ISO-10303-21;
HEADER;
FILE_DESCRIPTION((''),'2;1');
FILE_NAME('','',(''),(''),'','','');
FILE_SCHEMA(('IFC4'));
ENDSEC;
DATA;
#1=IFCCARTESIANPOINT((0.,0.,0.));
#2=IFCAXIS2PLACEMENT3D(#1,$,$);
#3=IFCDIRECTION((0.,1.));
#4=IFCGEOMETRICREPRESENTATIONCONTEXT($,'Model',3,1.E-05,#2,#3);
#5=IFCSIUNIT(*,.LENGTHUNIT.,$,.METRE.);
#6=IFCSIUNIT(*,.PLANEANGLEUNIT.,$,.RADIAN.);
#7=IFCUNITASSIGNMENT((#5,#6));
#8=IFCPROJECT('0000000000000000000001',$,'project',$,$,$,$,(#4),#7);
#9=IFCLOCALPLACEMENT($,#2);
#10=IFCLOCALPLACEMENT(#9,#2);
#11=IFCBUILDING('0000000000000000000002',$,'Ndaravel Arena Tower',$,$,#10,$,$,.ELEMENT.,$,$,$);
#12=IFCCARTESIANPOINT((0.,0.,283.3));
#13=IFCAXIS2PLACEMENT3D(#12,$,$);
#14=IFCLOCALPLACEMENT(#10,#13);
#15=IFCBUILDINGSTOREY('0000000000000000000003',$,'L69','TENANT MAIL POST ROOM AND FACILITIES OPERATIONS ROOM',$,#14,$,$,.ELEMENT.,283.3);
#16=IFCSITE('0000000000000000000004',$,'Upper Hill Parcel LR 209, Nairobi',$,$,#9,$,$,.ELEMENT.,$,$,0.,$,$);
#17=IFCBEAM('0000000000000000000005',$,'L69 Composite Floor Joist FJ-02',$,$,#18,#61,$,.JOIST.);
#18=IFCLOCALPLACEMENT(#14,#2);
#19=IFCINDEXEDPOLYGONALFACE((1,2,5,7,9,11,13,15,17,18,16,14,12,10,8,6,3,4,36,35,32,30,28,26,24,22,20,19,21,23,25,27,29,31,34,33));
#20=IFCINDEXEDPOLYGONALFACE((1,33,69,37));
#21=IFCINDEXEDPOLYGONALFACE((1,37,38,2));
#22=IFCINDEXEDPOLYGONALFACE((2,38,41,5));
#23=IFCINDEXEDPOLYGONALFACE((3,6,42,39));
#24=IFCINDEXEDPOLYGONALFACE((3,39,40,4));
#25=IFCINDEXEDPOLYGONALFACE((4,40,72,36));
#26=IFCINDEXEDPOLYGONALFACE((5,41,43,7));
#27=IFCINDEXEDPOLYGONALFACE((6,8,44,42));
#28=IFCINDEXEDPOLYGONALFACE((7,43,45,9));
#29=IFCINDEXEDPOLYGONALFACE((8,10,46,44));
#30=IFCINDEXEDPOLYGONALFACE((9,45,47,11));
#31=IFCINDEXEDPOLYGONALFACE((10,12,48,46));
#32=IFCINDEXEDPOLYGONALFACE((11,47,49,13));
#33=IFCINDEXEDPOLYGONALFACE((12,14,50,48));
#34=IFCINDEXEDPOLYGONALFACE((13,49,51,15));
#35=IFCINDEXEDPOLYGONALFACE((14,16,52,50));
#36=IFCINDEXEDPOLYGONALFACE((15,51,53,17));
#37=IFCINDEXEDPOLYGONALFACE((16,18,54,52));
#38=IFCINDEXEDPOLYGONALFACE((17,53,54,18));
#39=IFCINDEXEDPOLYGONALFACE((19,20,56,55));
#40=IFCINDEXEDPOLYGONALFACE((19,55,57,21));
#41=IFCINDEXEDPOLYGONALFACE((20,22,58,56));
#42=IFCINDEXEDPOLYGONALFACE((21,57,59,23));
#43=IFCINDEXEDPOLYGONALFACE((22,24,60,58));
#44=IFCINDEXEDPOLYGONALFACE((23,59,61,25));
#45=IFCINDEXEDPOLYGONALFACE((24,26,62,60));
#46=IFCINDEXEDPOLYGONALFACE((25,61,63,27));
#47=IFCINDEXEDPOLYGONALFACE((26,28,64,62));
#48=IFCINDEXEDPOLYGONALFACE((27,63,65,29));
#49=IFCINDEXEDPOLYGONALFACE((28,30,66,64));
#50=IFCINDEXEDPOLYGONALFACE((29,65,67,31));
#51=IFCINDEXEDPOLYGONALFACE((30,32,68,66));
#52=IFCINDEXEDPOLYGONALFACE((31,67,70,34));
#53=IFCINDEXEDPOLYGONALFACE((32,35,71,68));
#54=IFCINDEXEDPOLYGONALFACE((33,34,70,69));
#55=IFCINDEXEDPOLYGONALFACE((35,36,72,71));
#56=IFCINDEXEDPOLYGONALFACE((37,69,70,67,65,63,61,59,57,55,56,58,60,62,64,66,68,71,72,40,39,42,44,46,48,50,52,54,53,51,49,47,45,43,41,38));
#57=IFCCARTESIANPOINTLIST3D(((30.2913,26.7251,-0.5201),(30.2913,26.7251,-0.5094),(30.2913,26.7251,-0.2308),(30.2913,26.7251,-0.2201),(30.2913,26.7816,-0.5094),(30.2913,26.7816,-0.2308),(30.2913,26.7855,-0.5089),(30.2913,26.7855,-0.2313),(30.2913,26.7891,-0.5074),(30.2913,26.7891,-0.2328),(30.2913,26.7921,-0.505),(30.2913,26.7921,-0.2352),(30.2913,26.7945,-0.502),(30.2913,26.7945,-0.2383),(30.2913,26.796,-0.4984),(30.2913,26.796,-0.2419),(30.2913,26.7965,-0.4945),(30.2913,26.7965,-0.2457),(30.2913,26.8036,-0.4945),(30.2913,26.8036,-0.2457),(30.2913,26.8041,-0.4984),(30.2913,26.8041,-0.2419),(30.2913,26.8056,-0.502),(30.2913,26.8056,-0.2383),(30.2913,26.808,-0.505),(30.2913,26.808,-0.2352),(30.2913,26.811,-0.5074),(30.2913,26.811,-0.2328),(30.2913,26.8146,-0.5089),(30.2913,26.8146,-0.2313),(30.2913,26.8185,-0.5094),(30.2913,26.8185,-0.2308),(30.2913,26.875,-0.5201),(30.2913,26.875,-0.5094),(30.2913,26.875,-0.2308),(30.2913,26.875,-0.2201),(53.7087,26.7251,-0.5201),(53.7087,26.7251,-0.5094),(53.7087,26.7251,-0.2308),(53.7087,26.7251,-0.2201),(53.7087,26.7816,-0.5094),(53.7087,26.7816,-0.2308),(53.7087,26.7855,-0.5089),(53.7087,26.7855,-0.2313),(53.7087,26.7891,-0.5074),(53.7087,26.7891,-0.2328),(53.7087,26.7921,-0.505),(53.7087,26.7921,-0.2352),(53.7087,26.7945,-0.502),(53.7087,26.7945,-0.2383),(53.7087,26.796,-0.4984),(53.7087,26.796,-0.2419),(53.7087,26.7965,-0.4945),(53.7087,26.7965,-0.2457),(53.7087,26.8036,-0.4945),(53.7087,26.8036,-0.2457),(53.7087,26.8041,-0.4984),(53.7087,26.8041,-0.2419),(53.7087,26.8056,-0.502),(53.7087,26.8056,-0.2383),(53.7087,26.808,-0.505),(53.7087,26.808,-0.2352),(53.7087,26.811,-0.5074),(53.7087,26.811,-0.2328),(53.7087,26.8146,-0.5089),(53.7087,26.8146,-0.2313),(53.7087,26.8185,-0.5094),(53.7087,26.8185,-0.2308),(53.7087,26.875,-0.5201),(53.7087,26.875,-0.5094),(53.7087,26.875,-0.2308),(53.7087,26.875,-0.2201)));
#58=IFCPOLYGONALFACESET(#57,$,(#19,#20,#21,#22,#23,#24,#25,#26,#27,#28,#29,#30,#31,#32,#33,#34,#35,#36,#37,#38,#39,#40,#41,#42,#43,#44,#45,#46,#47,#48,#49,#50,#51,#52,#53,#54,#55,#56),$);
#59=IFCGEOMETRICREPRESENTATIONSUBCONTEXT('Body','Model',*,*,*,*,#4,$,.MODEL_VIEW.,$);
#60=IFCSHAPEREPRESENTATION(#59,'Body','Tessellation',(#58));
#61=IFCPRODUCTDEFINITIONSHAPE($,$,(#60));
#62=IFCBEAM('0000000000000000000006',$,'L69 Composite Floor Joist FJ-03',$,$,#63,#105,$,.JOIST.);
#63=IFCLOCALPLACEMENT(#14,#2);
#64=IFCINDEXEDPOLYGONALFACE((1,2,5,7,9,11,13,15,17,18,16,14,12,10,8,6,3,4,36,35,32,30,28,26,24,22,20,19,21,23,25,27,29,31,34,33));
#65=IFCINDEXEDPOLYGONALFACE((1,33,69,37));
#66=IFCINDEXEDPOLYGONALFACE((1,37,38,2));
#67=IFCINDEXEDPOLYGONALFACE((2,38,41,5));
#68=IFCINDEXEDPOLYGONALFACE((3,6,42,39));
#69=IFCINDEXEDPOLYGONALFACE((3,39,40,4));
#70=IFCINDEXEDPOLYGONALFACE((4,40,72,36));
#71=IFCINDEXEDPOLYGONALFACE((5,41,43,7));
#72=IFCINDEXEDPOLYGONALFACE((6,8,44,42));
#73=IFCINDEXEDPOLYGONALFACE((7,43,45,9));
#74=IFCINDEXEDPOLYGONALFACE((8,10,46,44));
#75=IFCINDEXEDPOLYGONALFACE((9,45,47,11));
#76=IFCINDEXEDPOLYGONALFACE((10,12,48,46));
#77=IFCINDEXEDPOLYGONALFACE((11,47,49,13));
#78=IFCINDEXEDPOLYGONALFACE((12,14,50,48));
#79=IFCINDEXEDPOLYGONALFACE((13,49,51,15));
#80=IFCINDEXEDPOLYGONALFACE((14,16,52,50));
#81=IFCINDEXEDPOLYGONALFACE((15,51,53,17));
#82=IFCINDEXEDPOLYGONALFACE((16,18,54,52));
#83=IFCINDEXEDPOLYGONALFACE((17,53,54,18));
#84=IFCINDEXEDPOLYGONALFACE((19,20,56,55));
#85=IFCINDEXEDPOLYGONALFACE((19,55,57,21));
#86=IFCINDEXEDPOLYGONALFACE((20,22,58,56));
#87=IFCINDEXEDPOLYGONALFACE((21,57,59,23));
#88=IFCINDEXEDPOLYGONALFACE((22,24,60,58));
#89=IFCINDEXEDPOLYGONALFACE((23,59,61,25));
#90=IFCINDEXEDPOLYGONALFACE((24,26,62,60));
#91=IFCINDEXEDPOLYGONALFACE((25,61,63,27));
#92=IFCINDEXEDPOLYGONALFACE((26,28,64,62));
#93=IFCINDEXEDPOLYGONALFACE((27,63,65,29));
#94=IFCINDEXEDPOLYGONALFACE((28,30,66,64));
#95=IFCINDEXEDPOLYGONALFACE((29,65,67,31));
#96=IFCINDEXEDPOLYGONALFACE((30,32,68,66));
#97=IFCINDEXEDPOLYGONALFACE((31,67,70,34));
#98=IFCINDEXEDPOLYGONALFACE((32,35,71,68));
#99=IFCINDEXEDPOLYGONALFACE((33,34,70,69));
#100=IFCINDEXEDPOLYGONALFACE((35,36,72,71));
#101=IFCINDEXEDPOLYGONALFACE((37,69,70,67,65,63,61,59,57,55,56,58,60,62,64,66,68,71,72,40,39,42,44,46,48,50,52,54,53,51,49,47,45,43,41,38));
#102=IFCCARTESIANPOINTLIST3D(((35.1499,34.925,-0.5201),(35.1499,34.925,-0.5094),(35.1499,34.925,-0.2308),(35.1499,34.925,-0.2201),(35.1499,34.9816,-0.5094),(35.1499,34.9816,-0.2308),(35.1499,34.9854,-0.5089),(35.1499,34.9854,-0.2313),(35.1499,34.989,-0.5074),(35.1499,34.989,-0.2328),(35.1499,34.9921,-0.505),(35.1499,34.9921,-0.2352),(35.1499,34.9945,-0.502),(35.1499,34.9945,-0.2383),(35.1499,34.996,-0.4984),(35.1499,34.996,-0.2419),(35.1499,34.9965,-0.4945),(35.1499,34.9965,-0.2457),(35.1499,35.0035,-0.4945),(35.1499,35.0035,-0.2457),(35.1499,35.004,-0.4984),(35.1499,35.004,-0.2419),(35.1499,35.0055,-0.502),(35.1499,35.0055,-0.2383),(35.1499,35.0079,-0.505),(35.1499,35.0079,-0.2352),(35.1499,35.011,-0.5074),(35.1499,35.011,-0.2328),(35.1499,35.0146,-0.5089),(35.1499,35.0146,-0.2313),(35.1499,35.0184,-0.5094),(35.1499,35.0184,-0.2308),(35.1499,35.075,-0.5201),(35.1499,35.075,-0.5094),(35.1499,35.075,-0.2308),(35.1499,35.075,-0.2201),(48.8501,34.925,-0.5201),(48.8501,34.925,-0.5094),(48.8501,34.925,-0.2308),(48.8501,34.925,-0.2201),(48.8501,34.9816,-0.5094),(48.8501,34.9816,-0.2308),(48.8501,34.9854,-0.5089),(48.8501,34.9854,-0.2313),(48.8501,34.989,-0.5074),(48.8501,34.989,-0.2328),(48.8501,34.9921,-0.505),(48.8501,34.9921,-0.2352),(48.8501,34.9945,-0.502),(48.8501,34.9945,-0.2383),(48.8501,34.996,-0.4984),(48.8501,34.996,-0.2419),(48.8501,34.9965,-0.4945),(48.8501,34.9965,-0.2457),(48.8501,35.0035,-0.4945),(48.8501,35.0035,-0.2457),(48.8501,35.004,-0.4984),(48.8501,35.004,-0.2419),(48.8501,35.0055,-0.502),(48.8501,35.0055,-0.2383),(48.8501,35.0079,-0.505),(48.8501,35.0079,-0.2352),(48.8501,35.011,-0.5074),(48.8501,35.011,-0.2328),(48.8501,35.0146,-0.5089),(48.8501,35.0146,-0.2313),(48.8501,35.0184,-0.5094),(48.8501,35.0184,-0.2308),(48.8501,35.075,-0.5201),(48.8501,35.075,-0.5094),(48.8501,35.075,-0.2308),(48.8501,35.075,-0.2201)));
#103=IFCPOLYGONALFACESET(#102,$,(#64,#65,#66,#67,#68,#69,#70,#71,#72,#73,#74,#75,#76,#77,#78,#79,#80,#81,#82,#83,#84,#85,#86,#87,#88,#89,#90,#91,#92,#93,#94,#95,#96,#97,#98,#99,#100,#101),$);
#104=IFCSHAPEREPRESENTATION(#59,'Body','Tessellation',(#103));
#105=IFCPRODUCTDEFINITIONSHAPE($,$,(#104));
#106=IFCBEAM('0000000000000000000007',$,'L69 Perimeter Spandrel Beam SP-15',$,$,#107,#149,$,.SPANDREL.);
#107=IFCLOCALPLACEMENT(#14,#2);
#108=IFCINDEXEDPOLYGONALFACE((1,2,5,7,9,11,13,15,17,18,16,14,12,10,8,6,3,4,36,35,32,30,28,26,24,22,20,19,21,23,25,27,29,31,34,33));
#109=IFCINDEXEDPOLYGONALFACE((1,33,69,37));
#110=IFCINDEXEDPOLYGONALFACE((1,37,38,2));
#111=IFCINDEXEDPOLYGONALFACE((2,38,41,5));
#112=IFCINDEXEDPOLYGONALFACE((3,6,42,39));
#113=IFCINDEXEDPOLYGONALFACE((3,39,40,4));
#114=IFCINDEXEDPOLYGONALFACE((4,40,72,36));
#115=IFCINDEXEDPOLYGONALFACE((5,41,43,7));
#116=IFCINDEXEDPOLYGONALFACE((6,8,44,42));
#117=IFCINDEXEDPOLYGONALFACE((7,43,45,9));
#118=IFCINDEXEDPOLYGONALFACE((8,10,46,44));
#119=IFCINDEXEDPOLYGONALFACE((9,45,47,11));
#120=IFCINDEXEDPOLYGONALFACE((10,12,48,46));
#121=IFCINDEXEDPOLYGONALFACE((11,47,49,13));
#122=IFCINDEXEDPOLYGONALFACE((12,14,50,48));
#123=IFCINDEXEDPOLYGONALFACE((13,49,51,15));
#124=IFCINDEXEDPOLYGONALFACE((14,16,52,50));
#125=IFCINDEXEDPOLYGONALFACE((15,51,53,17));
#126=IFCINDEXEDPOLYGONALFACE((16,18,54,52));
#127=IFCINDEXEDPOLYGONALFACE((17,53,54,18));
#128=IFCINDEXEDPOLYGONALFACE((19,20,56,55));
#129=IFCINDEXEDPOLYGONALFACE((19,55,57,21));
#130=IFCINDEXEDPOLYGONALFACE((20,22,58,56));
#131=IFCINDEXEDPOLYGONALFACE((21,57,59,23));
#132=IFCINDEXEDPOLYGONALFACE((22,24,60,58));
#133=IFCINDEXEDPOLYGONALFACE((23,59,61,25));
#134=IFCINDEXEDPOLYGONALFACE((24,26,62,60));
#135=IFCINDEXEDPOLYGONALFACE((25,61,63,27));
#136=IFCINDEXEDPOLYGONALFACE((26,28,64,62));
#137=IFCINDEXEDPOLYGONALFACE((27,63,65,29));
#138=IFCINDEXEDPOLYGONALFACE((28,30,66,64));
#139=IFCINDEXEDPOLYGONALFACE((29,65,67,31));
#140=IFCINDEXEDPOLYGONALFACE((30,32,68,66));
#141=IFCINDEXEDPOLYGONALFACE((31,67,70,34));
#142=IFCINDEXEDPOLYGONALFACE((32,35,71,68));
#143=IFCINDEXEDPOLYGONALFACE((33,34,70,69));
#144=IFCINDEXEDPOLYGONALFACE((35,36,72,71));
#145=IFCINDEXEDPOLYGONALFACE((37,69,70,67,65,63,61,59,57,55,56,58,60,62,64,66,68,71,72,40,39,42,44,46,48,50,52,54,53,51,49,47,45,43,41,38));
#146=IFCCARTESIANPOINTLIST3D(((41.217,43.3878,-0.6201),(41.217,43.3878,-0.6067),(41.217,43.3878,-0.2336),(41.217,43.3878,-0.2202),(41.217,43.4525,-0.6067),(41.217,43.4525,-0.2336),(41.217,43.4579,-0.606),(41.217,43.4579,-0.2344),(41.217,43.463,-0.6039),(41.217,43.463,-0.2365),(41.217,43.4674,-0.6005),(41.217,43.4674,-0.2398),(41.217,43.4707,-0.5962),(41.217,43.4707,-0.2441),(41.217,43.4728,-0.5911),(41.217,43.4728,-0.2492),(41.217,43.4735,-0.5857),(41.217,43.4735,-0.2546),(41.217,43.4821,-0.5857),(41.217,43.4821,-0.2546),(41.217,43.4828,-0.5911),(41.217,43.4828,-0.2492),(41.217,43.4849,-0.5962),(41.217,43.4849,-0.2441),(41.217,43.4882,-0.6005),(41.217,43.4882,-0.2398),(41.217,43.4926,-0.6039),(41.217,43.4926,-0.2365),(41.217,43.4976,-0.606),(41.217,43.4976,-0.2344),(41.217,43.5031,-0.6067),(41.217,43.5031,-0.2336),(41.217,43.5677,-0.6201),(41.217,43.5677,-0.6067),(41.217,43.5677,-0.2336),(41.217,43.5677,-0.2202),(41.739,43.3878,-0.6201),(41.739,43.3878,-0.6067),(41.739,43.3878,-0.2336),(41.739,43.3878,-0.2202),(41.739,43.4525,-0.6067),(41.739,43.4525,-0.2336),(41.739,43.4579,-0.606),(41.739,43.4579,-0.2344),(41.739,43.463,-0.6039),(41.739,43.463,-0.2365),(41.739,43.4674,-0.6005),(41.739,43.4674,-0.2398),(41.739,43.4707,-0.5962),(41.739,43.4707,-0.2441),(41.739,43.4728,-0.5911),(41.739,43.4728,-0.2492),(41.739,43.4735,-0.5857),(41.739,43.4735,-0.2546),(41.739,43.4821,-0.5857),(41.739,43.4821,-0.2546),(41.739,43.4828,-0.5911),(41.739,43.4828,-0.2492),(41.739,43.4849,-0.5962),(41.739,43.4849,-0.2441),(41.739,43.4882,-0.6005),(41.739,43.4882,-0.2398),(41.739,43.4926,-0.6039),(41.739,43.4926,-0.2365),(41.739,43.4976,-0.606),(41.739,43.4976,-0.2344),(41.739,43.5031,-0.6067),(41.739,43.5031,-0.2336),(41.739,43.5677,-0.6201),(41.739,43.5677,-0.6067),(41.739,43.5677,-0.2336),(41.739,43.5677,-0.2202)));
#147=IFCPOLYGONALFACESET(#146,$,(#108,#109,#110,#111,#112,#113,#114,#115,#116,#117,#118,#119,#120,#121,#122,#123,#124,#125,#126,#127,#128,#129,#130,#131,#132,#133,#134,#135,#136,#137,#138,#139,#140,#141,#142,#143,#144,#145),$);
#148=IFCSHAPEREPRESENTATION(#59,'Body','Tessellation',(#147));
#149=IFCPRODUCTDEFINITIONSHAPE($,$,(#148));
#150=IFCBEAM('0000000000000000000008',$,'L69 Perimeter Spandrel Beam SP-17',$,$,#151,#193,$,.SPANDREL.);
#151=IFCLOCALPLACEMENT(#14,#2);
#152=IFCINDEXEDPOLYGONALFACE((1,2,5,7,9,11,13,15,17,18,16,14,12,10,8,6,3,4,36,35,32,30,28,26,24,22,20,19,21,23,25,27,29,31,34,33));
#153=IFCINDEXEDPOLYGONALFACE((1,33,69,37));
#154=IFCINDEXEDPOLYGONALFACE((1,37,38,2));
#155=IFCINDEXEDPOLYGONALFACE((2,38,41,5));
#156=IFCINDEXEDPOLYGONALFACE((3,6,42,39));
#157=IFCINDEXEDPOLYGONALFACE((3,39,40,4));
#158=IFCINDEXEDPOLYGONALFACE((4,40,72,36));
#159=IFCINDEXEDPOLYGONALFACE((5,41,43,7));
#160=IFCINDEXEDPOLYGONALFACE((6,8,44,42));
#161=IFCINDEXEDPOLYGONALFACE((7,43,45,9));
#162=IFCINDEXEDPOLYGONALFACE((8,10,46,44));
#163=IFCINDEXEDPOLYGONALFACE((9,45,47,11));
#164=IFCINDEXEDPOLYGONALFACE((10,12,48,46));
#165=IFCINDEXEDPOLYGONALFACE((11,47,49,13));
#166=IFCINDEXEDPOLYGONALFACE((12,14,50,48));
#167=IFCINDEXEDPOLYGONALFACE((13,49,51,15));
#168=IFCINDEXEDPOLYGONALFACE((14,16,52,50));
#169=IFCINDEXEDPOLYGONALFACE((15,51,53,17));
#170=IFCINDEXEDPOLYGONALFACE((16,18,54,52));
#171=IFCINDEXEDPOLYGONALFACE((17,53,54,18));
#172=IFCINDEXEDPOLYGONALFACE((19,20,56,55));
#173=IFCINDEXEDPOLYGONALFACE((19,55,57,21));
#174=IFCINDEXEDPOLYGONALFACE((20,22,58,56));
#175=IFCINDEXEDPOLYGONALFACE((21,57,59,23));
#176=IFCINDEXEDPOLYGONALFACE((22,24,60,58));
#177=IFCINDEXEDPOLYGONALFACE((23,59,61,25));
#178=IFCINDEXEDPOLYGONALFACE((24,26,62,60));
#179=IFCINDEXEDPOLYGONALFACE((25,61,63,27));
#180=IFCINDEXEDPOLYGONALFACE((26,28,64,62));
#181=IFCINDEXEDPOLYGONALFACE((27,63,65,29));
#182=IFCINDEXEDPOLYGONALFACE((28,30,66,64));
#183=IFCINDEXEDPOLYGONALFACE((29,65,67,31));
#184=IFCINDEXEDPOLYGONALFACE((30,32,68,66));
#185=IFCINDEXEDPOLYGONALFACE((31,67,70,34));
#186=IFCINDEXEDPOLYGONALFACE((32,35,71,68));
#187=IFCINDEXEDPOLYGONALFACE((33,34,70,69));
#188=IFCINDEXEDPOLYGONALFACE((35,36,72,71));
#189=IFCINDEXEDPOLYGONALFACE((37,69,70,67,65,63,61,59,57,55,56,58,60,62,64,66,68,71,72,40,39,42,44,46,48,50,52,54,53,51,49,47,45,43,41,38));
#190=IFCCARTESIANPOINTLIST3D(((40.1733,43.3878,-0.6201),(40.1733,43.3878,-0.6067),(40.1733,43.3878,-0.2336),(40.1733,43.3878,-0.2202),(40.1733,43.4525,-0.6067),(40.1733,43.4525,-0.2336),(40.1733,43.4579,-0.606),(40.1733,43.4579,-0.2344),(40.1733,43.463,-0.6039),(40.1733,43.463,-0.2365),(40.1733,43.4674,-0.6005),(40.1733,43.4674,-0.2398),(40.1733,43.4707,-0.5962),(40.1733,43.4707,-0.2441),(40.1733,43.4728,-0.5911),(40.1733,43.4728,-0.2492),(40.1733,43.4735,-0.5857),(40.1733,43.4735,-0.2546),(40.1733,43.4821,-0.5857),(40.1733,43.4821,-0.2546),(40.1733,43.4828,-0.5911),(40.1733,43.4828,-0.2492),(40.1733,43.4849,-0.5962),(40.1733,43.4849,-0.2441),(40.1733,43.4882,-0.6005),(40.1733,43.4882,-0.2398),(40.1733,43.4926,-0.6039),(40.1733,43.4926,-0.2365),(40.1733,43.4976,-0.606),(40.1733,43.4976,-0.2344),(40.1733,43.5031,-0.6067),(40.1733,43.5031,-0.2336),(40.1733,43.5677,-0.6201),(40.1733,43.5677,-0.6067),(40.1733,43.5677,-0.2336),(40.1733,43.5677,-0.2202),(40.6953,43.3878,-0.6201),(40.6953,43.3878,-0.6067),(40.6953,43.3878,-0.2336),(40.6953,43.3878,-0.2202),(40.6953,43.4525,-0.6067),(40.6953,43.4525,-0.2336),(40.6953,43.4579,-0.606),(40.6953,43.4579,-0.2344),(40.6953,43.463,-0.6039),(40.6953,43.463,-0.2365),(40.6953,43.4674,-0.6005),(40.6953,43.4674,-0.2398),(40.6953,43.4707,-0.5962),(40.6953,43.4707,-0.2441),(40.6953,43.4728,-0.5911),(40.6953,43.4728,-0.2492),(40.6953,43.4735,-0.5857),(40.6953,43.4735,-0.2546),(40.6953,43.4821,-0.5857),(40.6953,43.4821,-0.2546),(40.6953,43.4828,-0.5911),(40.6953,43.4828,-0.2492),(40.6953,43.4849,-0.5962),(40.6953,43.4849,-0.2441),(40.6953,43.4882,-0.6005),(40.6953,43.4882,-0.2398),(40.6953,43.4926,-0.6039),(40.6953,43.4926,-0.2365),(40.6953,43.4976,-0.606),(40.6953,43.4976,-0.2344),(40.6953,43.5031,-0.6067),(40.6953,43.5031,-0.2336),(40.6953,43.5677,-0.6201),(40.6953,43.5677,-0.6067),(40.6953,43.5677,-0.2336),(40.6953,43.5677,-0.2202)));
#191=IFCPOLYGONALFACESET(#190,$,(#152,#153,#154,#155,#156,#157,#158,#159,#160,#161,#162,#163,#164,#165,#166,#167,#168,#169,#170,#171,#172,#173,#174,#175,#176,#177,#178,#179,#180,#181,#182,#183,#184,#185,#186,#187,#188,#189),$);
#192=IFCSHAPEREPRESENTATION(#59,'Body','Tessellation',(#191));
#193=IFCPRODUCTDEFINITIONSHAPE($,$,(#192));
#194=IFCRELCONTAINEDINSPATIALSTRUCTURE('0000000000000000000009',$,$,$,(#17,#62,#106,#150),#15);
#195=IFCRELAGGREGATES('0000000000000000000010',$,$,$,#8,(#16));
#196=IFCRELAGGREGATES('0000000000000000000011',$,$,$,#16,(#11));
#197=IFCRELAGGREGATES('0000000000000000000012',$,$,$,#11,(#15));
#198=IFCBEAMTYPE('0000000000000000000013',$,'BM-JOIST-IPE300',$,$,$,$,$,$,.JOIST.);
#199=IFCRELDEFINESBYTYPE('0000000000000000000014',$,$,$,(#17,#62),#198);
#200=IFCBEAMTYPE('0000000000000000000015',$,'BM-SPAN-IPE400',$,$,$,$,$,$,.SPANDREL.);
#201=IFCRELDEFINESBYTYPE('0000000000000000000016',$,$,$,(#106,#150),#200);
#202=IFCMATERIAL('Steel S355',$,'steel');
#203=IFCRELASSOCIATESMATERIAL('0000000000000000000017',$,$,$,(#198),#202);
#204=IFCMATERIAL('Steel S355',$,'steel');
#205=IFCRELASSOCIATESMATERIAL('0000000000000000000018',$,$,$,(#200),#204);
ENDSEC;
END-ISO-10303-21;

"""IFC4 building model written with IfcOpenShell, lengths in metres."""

from ifc_helpers import new_model, si_unit, direction, frame, origin, origin_2d, place, context, subcontext, project, spatial, i_section, extrude, material, material_profile, profile_set, type_object, element, save


model = new_model("IFC4")

# Units and contexts
model_context = context("Model", 3, precision=1e-05, world=origin(), true_north=direction((0.0, 1.0)))
body_context = subcontext(model_context, "Body", "Model", "MODEL_VIEW")
ifc_project = project(units=[si_unit("LENGTHUNIT", "METRE"), si_unit("PLANEANGLEUNIT", "RADIAN")], contexts=[model_context])

# Site, building, storey
site_placement = place(None, origin())
site = spatial("IfcSite", under=ifc_project, at=site_placement, Name="Upper Hill Parcel LR 209, Nairobi", CompositionType="ELEMENT", RefElevation=0.0)
building_placement = place(site_placement, origin())
building = spatial("IfcBuilding", under=site, at=building_placement, Name="Ndaravel Arena Tower", CompositionType="ELEMENT")
storey_placement = place(building_placement, frame((0.0, 0.0, 283.3)))
storey = spatial("IfcBuildingStorey", under=building, at=storey_placement, Name="L69", Description="TENANT MAIL POST ROOM AND FACILITIES OPERATIONS ROOM", CompositionType="ELEMENT", Elevation=283.3)

# Beams
ifc_material_1 = material(Name="Steel S355", Category="steel")
ifc_material_profile_1 = material_profile(ifc_material_1, i_section(OverallWidth=0.1499, OverallDepth=0.3, WebThickness=0.0071, FlangeThickness=0.0107, FilletRadius=0.0149, at=origin_2d()), Name="IPE 300")
ifc_profile_set_1 = profile_set([ifc_material_profile_1], Name="Steel S355")
beam_type_1 = type_object("IfcBeamType", Name="BM-JOIST-IPE300", PredefinedType="JOIST", material=ifc_profile_set_1)
beam_1_placement = place(storey_placement, frame((30.2913, 26.8, -0.3701), z_axis=(1.0, 0.0, 0.0), x_axis=(0.0, 1.0, 0.0)))
element("IfcBeam", 1, at=beam_1_placement, inside=storey, type_object=beam_type_1, Name="L69 Composite Floor Joist FJ-02", PredefinedType="JOIST", context=body_context, shape_type="SweptSolid", body=[
    extrude(i_section(OverallWidth=0.1499, OverallDepth=0.3, WebThickness=0.0071, FlangeThickness=0.0107, FilletRadius=0.0149, at=origin_2d()), origin(), (0.0, 0.0, 1.0), 23.4175),
])
beam_2_placement = place(storey_placement, frame((35.1499, 35.0, -0.3701), z_axis=(1.0, 0.0, 0.0), x_axis=(0.0, 1.0, 0.0)))
element("IfcBeam", 2, at=beam_2_placement, inside=storey, type_object=beam_type_1, Name="L69 Composite Floor Joist FJ-03", PredefinedType="JOIST", context=body_context, shape_type="SweptSolid", body=[
    extrude(i_section(OverallWidth=0.1499, OverallDepth=0.3, WebThickness=0.0071, FlangeThickness=0.0107, FilletRadius=0.0149, at=origin_2d()), origin(), (0.0, 0.0, 1.0), 13.7002),
])
ifc_material_2 = material(Name="Steel S355", Category="steel")
ifc_material_profile_2 = material_profile(ifc_material_2, i_section(OverallWidth=0.1799, OverallDepth=0.3999, WebThickness=0.0085, FlangeThickness=0.0134, FilletRadius=0.021, at=origin_2d()), Name="IPE 400")
ifc_profile_set_2 = profile_set([ifc_material_profile_2], Name="Steel S355")
beam_type_2 = type_object("IfcBeamType", Name="BM-SPAN-IPE400", PredefinedType="SPANDREL", material=ifc_profile_set_2)
for number, where, z_axis, x_axis, name in (
    (3, (41.739, 43.4778, -0.4202), (-1.0, 0.0, 0.0), (0.0, -1.0, 0.0), "L69 Perimeter Spandrel Beam SP-15"),
    (4, (40.6953, 43.4778, -0.4202), (-1.0, 0.0, 0.0), (0.0, -1.0, 0.0), "L69 Perimeter Spandrel Beam SP-17"),
):
    element("IfcBeam", number, at=place(storey_placement, frame(where, z_axis=z_axis, x_axis=x_axis)), inside=storey, type_object=beam_type_2, Name=name, PredefinedType="SPANDREL", context=body_context, shape_type="SweptSolid", body=[
        extrude(i_section(OverallWidth=0.1799, OverallDepth=0.3999, WebThickness=0.0085, FlangeThickness=0.0134, FilletRadius=0.021, at=origin_2d()), origin(), (0.0, 0.0, 1.0), 0.522),
    ])

save(model, "model.ifc")
